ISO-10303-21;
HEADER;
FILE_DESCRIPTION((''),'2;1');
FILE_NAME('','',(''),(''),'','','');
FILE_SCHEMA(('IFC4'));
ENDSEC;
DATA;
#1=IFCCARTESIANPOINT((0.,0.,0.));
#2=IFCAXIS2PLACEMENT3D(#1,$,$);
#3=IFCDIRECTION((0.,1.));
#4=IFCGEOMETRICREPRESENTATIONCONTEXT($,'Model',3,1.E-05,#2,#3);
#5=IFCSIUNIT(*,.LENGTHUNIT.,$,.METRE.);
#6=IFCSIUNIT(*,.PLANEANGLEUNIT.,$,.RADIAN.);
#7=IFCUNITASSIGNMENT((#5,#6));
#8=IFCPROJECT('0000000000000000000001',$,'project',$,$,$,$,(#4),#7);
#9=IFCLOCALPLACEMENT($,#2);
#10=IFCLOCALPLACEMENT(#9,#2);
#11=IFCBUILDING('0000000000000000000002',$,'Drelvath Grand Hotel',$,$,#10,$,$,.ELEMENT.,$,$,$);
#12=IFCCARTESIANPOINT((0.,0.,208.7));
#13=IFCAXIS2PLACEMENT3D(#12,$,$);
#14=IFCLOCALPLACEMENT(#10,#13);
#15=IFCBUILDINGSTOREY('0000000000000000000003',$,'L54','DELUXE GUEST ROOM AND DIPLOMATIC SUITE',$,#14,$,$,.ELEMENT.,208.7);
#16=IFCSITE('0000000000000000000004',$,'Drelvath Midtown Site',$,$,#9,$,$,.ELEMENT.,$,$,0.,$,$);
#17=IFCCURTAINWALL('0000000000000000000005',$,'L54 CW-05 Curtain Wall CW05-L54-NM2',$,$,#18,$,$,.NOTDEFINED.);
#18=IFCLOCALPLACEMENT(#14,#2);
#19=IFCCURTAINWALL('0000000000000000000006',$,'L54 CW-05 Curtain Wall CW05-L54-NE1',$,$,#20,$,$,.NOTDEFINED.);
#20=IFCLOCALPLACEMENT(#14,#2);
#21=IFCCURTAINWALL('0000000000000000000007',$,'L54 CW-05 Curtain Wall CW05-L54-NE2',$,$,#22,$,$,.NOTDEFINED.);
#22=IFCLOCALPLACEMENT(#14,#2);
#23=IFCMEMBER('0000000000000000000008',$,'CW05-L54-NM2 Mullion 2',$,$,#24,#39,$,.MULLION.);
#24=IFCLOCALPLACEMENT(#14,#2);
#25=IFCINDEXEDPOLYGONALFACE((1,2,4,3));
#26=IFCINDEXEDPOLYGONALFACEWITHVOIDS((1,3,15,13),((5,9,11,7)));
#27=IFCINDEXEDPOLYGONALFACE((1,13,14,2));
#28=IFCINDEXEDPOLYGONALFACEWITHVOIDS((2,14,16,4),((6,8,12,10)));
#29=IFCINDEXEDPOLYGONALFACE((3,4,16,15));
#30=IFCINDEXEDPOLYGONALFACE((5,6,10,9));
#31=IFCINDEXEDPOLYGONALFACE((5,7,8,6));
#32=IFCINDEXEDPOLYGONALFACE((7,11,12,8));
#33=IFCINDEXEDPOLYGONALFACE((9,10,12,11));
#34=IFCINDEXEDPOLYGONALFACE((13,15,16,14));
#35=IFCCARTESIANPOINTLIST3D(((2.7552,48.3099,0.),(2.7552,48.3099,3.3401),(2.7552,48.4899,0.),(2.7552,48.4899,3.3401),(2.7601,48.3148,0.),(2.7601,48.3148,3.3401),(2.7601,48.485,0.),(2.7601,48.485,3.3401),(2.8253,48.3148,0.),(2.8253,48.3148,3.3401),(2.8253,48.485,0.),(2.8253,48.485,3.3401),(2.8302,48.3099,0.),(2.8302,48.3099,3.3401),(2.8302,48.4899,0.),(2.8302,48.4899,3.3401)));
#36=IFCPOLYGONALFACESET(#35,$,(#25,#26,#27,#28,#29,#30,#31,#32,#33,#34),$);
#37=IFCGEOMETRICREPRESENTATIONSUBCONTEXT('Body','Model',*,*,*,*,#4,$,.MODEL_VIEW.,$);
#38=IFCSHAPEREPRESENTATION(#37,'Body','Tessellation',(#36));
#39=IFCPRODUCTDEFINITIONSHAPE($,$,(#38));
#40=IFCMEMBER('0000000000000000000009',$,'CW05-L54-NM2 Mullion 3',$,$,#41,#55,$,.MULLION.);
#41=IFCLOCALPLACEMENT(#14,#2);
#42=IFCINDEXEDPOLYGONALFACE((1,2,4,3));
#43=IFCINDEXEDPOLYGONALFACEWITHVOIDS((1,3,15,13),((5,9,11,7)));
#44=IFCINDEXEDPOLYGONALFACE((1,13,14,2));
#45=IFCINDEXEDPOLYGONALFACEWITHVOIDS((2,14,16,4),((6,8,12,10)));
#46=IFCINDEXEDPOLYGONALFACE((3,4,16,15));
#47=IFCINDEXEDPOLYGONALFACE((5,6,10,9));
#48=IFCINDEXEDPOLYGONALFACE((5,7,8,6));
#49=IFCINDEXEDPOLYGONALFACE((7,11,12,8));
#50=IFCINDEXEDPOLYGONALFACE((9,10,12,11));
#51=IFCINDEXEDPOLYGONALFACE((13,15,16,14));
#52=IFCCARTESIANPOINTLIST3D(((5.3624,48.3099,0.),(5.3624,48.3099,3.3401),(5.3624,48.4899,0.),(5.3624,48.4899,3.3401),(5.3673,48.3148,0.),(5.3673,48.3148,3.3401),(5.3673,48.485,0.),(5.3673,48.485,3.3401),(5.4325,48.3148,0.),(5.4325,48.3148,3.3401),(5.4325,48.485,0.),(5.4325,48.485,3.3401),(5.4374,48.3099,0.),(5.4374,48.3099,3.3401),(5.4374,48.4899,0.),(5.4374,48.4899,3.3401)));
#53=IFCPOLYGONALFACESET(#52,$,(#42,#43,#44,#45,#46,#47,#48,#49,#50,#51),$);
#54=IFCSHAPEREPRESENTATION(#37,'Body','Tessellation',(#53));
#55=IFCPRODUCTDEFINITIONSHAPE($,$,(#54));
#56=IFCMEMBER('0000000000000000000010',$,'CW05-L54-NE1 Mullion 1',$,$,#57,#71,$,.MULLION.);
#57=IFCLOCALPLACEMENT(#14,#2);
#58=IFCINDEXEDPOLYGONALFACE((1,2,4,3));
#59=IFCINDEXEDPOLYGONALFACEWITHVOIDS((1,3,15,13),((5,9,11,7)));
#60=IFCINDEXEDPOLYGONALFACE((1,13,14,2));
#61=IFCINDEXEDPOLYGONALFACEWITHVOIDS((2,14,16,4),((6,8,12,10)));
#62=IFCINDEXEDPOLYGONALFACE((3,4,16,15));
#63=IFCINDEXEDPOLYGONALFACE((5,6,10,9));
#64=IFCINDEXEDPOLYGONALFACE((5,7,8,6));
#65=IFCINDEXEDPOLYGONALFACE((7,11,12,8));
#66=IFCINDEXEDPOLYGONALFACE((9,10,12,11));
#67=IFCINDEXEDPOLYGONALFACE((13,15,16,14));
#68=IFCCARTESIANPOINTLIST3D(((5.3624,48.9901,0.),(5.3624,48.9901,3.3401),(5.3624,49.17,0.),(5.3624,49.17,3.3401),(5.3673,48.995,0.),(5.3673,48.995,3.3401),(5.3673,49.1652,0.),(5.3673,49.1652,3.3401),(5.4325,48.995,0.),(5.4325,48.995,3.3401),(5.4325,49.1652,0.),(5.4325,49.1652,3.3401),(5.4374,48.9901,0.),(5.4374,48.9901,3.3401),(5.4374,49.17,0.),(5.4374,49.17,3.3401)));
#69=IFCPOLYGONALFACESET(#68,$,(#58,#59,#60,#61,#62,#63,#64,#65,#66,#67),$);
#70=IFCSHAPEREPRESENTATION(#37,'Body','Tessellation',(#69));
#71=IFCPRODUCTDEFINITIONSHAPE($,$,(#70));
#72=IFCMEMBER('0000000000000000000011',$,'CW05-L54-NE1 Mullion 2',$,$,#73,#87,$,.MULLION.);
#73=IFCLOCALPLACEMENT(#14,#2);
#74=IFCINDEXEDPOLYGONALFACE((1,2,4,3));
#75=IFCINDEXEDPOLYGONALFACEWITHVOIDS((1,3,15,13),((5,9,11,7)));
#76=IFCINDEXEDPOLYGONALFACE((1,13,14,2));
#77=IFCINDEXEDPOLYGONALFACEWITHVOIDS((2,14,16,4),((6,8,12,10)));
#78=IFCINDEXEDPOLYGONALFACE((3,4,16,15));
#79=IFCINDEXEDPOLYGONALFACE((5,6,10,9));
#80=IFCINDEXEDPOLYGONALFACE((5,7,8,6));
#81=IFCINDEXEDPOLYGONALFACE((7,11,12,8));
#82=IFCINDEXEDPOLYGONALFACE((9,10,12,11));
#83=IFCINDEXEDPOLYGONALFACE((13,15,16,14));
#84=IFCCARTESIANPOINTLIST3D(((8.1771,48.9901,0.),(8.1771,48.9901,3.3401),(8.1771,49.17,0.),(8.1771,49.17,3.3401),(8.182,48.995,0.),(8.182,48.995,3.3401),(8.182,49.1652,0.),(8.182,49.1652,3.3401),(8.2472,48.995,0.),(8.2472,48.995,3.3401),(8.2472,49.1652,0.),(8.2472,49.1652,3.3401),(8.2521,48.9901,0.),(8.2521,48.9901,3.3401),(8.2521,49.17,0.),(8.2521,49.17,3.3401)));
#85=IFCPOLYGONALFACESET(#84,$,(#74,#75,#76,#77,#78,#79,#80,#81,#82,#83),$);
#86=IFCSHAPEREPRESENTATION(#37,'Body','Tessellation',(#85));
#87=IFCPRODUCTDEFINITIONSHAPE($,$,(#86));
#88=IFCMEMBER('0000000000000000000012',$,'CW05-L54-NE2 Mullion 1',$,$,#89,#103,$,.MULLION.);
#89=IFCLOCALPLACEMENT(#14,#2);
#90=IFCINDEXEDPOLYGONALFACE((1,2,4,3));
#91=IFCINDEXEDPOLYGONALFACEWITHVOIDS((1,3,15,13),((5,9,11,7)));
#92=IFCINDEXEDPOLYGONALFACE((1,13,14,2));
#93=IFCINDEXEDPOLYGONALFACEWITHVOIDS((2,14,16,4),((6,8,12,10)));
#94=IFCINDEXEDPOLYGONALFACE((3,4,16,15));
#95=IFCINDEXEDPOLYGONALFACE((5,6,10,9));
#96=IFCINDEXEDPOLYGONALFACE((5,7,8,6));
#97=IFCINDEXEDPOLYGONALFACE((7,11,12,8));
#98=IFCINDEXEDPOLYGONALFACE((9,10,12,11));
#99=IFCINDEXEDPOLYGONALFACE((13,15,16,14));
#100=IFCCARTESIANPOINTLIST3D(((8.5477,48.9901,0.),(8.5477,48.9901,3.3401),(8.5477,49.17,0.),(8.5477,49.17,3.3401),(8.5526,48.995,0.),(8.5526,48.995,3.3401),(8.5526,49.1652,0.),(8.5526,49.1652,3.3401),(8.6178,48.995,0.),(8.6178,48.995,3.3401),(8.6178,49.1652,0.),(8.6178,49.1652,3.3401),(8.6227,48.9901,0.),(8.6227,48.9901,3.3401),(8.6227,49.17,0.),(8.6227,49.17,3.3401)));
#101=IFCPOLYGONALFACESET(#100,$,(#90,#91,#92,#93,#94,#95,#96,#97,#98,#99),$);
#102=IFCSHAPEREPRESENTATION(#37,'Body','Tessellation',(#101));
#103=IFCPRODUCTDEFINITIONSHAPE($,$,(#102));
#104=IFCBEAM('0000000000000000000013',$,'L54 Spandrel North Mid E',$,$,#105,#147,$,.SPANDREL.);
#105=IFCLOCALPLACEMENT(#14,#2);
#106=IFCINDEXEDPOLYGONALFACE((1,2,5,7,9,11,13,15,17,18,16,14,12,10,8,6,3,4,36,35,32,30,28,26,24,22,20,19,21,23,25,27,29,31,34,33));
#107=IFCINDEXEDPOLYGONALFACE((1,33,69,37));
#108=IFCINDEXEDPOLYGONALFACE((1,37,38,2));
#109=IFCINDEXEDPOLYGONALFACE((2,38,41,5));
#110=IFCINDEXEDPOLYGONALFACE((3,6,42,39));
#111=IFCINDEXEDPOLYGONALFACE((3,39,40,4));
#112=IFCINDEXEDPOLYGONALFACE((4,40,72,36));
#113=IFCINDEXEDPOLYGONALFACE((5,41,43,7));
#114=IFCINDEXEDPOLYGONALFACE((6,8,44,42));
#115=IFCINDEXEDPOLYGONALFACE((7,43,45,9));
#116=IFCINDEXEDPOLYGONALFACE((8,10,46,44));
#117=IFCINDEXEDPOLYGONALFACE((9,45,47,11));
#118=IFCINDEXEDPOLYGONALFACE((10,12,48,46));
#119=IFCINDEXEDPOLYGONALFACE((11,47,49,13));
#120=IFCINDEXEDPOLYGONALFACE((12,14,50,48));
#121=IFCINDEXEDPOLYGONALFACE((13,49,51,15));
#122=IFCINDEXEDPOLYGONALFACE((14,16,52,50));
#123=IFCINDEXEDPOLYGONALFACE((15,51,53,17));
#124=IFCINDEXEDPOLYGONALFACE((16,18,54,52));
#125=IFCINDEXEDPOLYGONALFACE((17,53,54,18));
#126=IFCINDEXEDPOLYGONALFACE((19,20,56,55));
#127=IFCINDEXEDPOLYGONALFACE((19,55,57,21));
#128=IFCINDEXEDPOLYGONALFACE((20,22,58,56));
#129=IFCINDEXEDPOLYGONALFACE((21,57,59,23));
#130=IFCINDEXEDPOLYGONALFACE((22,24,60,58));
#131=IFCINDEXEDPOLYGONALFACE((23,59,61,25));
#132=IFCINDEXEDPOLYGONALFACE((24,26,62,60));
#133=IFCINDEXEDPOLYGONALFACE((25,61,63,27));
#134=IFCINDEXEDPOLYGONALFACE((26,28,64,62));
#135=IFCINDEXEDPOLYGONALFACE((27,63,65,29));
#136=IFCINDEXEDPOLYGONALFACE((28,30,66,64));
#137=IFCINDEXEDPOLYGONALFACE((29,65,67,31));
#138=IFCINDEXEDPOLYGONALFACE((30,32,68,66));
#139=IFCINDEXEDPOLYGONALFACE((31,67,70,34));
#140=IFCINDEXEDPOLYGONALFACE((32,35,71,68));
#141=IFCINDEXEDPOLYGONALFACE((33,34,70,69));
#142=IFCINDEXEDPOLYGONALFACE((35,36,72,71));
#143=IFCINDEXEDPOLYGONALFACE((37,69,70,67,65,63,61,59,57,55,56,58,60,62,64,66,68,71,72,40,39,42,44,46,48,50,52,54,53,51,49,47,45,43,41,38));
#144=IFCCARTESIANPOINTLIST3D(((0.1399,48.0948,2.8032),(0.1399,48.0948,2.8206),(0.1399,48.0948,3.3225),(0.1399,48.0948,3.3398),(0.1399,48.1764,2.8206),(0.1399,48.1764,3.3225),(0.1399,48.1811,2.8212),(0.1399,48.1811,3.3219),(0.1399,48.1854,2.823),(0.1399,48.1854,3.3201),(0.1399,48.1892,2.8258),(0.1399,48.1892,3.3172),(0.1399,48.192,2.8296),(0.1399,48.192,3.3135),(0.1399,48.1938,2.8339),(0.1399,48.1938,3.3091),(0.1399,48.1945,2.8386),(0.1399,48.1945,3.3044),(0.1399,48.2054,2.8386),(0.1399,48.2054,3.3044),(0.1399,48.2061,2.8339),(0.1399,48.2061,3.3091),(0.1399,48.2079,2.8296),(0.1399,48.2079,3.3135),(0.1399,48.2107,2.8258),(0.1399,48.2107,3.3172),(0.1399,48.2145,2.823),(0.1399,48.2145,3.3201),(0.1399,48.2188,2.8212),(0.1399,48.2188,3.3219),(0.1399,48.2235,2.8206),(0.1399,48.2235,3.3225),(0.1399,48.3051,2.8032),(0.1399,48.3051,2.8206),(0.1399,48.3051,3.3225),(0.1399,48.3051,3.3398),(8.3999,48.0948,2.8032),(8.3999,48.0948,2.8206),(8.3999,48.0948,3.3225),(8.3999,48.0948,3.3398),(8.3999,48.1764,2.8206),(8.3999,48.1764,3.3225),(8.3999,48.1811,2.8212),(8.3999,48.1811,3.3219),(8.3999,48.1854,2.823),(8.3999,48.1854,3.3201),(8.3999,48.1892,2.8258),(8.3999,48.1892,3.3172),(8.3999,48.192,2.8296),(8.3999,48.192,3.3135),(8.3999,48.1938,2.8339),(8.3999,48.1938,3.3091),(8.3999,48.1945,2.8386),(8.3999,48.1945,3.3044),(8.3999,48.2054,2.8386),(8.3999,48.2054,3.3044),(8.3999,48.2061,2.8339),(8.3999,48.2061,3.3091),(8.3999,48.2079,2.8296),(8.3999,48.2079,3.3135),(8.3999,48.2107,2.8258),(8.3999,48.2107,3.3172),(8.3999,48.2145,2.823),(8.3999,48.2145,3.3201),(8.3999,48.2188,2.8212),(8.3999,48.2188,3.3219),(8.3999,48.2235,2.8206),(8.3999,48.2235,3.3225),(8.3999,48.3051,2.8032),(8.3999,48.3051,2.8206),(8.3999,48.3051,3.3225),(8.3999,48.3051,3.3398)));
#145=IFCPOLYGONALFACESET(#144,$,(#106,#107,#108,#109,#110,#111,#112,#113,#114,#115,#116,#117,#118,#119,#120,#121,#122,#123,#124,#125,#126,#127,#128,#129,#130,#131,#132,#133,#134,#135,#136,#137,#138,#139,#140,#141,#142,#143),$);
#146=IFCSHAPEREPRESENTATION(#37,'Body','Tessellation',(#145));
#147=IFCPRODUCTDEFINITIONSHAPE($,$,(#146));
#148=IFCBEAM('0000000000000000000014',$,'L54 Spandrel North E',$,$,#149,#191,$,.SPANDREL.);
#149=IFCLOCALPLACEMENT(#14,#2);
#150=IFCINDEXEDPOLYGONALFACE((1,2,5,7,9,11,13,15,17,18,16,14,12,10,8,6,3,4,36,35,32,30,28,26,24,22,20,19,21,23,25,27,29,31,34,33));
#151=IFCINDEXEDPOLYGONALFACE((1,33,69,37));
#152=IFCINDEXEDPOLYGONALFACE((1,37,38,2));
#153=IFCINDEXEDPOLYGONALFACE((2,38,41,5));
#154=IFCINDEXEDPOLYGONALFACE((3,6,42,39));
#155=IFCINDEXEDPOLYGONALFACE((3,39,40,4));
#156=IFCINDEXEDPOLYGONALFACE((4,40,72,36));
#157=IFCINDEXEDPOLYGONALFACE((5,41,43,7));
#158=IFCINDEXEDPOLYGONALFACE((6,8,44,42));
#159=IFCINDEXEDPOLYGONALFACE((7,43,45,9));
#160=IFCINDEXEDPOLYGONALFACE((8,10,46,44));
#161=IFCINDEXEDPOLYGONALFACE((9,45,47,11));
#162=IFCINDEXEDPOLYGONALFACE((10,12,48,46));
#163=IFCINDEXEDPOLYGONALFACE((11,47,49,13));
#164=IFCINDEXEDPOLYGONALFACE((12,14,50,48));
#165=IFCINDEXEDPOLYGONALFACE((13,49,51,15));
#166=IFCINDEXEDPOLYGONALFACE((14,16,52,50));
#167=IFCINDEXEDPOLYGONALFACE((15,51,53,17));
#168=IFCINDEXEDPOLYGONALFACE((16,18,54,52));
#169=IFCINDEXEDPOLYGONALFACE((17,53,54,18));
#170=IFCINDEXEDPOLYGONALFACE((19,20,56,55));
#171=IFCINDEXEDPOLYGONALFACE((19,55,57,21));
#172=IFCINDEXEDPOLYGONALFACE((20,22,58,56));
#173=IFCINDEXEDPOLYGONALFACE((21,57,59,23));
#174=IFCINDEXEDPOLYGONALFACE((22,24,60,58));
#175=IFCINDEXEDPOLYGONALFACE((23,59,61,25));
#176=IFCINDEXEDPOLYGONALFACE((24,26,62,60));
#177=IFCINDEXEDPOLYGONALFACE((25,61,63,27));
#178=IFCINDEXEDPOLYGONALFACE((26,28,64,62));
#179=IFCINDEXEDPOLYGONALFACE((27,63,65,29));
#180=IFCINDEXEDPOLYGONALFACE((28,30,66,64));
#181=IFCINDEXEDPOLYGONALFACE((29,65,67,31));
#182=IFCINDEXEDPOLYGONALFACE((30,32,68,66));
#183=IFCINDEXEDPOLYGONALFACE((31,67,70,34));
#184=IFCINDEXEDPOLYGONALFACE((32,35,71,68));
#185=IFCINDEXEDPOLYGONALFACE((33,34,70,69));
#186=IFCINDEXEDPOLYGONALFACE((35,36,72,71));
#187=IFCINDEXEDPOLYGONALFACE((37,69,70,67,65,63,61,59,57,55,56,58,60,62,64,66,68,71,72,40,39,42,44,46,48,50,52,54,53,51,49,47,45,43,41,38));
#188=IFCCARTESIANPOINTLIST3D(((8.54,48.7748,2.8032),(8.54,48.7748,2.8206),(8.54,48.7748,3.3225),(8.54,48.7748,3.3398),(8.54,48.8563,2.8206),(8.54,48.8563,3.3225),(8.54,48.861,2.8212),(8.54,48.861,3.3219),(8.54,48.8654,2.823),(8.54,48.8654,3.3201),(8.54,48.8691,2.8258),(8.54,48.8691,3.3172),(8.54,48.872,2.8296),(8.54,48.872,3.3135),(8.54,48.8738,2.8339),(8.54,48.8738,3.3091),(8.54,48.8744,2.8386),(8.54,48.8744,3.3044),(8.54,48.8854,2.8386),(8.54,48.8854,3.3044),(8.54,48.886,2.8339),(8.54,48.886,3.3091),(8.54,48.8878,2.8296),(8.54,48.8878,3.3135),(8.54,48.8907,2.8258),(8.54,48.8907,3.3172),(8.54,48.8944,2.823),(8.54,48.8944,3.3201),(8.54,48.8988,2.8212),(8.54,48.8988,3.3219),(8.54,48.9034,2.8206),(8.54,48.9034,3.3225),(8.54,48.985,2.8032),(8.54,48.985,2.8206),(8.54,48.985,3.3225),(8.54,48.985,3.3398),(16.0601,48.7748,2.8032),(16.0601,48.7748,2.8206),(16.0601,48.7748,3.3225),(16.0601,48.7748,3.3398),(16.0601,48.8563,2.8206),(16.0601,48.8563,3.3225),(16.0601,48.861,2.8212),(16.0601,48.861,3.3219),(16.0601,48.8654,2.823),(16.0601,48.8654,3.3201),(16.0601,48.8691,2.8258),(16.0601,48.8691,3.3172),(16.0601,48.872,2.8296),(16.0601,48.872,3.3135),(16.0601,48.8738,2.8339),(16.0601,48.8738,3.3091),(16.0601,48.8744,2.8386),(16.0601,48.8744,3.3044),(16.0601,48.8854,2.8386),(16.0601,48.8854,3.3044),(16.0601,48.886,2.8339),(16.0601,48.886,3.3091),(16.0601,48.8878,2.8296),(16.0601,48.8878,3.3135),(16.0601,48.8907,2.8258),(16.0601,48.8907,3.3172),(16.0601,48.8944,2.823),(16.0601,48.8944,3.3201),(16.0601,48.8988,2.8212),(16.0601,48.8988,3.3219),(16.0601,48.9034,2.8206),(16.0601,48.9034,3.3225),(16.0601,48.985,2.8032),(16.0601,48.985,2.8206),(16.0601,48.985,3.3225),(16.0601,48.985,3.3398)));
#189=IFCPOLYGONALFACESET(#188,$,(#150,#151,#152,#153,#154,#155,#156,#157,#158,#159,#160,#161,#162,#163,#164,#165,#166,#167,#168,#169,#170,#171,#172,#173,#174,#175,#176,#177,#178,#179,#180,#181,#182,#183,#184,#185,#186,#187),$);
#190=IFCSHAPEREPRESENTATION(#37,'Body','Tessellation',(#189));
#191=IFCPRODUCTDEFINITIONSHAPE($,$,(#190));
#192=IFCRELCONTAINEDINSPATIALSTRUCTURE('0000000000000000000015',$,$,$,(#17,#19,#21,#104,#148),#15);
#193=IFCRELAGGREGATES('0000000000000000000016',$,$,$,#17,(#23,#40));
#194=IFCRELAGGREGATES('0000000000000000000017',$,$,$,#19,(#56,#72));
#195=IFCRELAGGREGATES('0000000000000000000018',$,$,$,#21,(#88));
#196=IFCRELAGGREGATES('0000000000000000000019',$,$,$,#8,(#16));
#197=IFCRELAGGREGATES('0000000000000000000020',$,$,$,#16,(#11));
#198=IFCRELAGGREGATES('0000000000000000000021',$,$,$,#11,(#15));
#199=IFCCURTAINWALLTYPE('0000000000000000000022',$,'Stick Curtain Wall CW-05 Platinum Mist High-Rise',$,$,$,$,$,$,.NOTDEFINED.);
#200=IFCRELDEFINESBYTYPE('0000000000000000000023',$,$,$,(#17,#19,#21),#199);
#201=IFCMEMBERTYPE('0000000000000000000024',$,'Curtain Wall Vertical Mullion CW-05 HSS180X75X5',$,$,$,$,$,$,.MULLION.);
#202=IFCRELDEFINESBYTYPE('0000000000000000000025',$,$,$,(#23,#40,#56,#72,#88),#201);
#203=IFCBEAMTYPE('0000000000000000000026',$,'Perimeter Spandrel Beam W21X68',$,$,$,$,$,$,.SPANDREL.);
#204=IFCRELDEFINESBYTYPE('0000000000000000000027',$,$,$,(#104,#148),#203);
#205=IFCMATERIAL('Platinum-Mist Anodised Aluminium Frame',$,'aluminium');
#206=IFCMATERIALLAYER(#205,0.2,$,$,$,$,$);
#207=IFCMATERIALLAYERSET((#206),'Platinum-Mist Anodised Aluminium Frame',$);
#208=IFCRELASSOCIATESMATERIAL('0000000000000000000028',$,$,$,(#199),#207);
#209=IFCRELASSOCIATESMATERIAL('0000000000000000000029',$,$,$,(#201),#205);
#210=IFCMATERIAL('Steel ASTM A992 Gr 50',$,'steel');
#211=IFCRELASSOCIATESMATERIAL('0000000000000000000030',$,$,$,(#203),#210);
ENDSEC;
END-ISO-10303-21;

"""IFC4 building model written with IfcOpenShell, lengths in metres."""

from ifc_helpers import new_model, si_unit, direction, frame, origin, origin_2d, place, context, subcontext, project, spatial, hollow_rectangle, i_section, extrude, material, layer, layer_set, material_profile, profile_set, type_object, element, aggregate, save


model = new_model("IFC4")

# Units and contexts
model_context = context("Model", 3, precision=1e-05, world=origin(), true_north=direction((0.0, 1.0)))
body_context = subcontext(model_context, "Body", "Model", "MODEL_VIEW")
ifc_project = project(units=[si_unit("LENGTHUNIT", "METRE"), si_unit("PLANEANGLEUNIT", "RADIAN")], contexts=[model_context])

# Site, building, storey
site_placement = place(None, origin())
site = spatial("IfcSite", under=ifc_project, at=site_placement, Name="Drelvath Midtown Site", CompositionType="ELEMENT", RefElevation=0.0)
building_placement = place(site_placement, origin())
building = spatial("IfcBuilding", under=site, at=building_placement, Name="Drelvath Grand Hotel", CompositionType="ELEMENT")
storey_placement = place(building_placement, frame((0.0, 0.0, 208.7)))
storey = spatial("IfcBuildingStorey", under=building, at=storey_placement, Name="L54", Description="DELUXE GUEST ROOM AND DIPLOMATIC SUITE", CompositionType="ELEMENT", Elevation=208.7)

# Curtain walls
ifc_material_1 = material(Name="Platinum-Mist Anodised Aluminium Frame", Category="aluminium")
ifc_layer_1 = layer(ifc_material_1, 0.2)
ifc_layer_set_1 = layer_set([ifc_layer_1], Name="Platinum-Mist Anodised Aluminium Frame")
curtain_wall_type = type_object("IfcCurtainWallType", Name="Stick Curtain Wall CW-05 Platinum Mist High-Rise", PredefinedType="NOTDEFINED", material=ifc_layer_set_1)
curtain_wall_1_placement = place(storey_placement, origin())
curtain_wall_1 = element("IfcCurtainWall", 1, at=curtain_wall_1_placement, inside=storey, type_object=curtain_wall_type, Name="L54 CW-05 Curtain Wall CW05-L54-NM2", PredefinedType="NOTDEFINED")
curtain_wall_2_placement = place(storey_placement, origin())
curtain_wall_2 = element("IfcCurtainWall", 2, at=curtain_wall_2_placement, inside=storey, type_object=curtain_wall_type, Name="L54 CW-05 Curtain Wall CW05-L54-NE1", PredefinedType="NOTDEFINED")
curtain_wall_3_placement = place(storey_placement, origin())
curtain_wall_3 = element("IfcCurtainWall", 3, at=curtain_wall_3_placement, inside=storey, type_object=curtain_wall_type, Name="L54 CW-05 Curtain Wall CW05-L54-NE2", PredefinedType="NOTDEFINED")
ifc_material_profile_1 = material_profile(ifc_material_1, hollow_rectangle(XDim=0.075, YDim=0.1799, WallThickness=0.0049, at=origin_2d()), Name="HSS180X75X5")
ifc_profile_set_1 = profile_set([ifc_material_profile_1], Name="Platinum-Mist Anodised Aluminium Frame")
member_type_1 = type_object("IfcMemberType", Name="Curtain Wall Vertical Mullion CW-05 HSS180X75X5", PredefinedType="MULLION", material=ifc_profile_set_1)

# Members
member_1_placement = place(storey_placement, frame((2.7927, 48.3999, 0.0), z_axis=(0.0, 0.0, 1.0), x_axis=(1.0, 0.0, 0.0)))
member_1 = element("IfcMember", 4, at=member_1_placement, type_object=member_type_1, Name="CW05-L54-NM2 Mullion 2", PredefinedType="MULLION", context=body_context, shape_type="SweptSolid", body=[
    extrude(hollow_rectangle(XDim=0.075, YDim=0.1799, WallThickness=0.0049, at=origin_2d()), origin(), (0.0, 0.0, 1.0), 3.3401),
])
member_2_placement = place(storey_placement, frame((5.3999, 48.3999, 0.0), z_axis=(0.0, 0.0, 1.0), x_axis=(1.0, 0.0, 0.0)))
member_2 = element("IfcMember", 5, at=member_2_placement, type_object=member_type_1, Name="CW05-L54-NM2 Mullion 3", PredefinedType="MULLION", context=body_context, shape_type="SweptSolid", body=[
    extrude(hollow_rectangle(XDim=0.075, YDim=0.1799, WallThickness=0.0049, at=origin_2d()), origin(), (0.0, 0.0, 1.0), 3.3401),
])
member_3_placement = place(storey_placement, frame((5.3999, 49.0801, 0.0), z_axis=(0.0, 0.0, 1.0), x_axis=(1.0, 0.0, 0.0)))
member_3 = element("IfcMember", 6, at=member_3_placement, type_object=member_type_1, Name="CW05-L54-NE1 Mullion 1", PredefinedType="MULLION", context=body_context, shape_type="SweptSolid", body=[
    extrude(hollow_rectangle(XDim=0.075, YDim=0.1799, WallThickness=0.0049, at=origin_2d()), origin(), (0.0, 0.0, 1.0), 3.3401),
])
member_4_placement = place(storey_placement, frame((8.2146, 49.0801, 0.0), z_axis=(0.0, 0.0, 1.0), x_axis=(1.0, 0.0, 0.0)))
member_4 = element("IfcMember", 7, at=member_4_placement, type_object=member_type_1, Name="CW05-L54-NE1 Mullion 2", PredefinedType="MULLION", context=body_context, shape_type="SweptSolid", body=[
    extrude(hollow_rectangle(XDim=0.075, YDim=0.1799, WallThickness=0.0049, at=origin_2d()), origin(), (0.0, 0.0, 1.0), 3.3401),
])
member_5_placement = place(storey_placement, frame((8.5852, 49.0801, 0.0), z_axis=(0.0, 0.0, 1.0), x_axis=(1.0, 0.0, 0.0)))
member_5 = element("IfcMember", 8, at=member_5_placement, type_object=member_type_1, Name="CW05-L54-NE2 Mullion 1", PredefinedType="MULLION", context=body_context, shape_type="SweptSolid", body=[
    extrude(hollow_rectangle(XDim=0.075, YDim=0.1799, WallThickness=0.0049, at=origin_2d()), origin(), (0.0, 0.0, 1.0), 3.3401),
])

# Beams
ifc_material_2 = material(Name="Steel ASTM A992 Gr 50", Category="steel")
ifc_material_profile_2 = material_profile(ifc_material_2, i_section(OverallWidth=0.2102, OverallDepth=0.5366, WebThickness=0.011, FlangeThickness=0.0173, FilletRadius=0.0181, at=origin_2d()), Name="W21X68")
ifc_profile_set_2 = profile_set([ifc_material_profile_2], Name="Steel ASTM A992 Gr 50")
beam_type_1 = type_object("IfcBeamType", Name="Perimeter Spandrel Beam W21X68", PredefinedType="SPANDREL", material=ifc_profile_set_2)
beam_1_placement = place(storey_placement, frame((0.1399, 48.2, 3.0715), z_axis=(1.0, 0.0, 0.0), x_axis=(0.0, 1.0, 0.0)))
element("IfcBeam", 9, at=beam_1_placement, inside=storey, type_object=beam_type_1, Name="L54 Spandrel North Mid E", PredefinedType="SPANDREL", context=body_context, shape_type="SweptSolid", body=[
    extrude(i_section(OverallWidth=0.2102, OverallDepth=0.5366, WebThickness=0.011, FlangeThickness=0.0173, FilletRadius=0.0181, at=origin_2d()), origin(), (0.0, 0.0, 1.0), 8.26),
])
beam_2_placement = place(storey_placement, frame((8.54, 48.8799, 3.0715), z_axis=(1.0, 0.0, 0.0), x_axis=(0.0, 1.0, 0.0)))
element("IfcBeam", 10, at=beam_2_placement, inside=storey, type_object=beam_type_1, Name="L54 Spandrel North E", PredefinedType="SPANDREL", context=body_context, shape_type="SweptSolid", body=[
    extrude(i_section(OverallWidth=0.2102, OverallDepth=0.5366, WebThickness=0.011, FlangeThickness=0.0173, FilletRadius=0.0181, at=origin_2d()), origin(), (0.0, 0.0, 1.0), 7.52),
])

aggregate(curtain_wall_1, [member_1, member_2])
aggregate(curtain_wall_2, [member_3, member_4])
aggregate(curtain_wall_3, [member_5])

save(model, "model.ifc")
